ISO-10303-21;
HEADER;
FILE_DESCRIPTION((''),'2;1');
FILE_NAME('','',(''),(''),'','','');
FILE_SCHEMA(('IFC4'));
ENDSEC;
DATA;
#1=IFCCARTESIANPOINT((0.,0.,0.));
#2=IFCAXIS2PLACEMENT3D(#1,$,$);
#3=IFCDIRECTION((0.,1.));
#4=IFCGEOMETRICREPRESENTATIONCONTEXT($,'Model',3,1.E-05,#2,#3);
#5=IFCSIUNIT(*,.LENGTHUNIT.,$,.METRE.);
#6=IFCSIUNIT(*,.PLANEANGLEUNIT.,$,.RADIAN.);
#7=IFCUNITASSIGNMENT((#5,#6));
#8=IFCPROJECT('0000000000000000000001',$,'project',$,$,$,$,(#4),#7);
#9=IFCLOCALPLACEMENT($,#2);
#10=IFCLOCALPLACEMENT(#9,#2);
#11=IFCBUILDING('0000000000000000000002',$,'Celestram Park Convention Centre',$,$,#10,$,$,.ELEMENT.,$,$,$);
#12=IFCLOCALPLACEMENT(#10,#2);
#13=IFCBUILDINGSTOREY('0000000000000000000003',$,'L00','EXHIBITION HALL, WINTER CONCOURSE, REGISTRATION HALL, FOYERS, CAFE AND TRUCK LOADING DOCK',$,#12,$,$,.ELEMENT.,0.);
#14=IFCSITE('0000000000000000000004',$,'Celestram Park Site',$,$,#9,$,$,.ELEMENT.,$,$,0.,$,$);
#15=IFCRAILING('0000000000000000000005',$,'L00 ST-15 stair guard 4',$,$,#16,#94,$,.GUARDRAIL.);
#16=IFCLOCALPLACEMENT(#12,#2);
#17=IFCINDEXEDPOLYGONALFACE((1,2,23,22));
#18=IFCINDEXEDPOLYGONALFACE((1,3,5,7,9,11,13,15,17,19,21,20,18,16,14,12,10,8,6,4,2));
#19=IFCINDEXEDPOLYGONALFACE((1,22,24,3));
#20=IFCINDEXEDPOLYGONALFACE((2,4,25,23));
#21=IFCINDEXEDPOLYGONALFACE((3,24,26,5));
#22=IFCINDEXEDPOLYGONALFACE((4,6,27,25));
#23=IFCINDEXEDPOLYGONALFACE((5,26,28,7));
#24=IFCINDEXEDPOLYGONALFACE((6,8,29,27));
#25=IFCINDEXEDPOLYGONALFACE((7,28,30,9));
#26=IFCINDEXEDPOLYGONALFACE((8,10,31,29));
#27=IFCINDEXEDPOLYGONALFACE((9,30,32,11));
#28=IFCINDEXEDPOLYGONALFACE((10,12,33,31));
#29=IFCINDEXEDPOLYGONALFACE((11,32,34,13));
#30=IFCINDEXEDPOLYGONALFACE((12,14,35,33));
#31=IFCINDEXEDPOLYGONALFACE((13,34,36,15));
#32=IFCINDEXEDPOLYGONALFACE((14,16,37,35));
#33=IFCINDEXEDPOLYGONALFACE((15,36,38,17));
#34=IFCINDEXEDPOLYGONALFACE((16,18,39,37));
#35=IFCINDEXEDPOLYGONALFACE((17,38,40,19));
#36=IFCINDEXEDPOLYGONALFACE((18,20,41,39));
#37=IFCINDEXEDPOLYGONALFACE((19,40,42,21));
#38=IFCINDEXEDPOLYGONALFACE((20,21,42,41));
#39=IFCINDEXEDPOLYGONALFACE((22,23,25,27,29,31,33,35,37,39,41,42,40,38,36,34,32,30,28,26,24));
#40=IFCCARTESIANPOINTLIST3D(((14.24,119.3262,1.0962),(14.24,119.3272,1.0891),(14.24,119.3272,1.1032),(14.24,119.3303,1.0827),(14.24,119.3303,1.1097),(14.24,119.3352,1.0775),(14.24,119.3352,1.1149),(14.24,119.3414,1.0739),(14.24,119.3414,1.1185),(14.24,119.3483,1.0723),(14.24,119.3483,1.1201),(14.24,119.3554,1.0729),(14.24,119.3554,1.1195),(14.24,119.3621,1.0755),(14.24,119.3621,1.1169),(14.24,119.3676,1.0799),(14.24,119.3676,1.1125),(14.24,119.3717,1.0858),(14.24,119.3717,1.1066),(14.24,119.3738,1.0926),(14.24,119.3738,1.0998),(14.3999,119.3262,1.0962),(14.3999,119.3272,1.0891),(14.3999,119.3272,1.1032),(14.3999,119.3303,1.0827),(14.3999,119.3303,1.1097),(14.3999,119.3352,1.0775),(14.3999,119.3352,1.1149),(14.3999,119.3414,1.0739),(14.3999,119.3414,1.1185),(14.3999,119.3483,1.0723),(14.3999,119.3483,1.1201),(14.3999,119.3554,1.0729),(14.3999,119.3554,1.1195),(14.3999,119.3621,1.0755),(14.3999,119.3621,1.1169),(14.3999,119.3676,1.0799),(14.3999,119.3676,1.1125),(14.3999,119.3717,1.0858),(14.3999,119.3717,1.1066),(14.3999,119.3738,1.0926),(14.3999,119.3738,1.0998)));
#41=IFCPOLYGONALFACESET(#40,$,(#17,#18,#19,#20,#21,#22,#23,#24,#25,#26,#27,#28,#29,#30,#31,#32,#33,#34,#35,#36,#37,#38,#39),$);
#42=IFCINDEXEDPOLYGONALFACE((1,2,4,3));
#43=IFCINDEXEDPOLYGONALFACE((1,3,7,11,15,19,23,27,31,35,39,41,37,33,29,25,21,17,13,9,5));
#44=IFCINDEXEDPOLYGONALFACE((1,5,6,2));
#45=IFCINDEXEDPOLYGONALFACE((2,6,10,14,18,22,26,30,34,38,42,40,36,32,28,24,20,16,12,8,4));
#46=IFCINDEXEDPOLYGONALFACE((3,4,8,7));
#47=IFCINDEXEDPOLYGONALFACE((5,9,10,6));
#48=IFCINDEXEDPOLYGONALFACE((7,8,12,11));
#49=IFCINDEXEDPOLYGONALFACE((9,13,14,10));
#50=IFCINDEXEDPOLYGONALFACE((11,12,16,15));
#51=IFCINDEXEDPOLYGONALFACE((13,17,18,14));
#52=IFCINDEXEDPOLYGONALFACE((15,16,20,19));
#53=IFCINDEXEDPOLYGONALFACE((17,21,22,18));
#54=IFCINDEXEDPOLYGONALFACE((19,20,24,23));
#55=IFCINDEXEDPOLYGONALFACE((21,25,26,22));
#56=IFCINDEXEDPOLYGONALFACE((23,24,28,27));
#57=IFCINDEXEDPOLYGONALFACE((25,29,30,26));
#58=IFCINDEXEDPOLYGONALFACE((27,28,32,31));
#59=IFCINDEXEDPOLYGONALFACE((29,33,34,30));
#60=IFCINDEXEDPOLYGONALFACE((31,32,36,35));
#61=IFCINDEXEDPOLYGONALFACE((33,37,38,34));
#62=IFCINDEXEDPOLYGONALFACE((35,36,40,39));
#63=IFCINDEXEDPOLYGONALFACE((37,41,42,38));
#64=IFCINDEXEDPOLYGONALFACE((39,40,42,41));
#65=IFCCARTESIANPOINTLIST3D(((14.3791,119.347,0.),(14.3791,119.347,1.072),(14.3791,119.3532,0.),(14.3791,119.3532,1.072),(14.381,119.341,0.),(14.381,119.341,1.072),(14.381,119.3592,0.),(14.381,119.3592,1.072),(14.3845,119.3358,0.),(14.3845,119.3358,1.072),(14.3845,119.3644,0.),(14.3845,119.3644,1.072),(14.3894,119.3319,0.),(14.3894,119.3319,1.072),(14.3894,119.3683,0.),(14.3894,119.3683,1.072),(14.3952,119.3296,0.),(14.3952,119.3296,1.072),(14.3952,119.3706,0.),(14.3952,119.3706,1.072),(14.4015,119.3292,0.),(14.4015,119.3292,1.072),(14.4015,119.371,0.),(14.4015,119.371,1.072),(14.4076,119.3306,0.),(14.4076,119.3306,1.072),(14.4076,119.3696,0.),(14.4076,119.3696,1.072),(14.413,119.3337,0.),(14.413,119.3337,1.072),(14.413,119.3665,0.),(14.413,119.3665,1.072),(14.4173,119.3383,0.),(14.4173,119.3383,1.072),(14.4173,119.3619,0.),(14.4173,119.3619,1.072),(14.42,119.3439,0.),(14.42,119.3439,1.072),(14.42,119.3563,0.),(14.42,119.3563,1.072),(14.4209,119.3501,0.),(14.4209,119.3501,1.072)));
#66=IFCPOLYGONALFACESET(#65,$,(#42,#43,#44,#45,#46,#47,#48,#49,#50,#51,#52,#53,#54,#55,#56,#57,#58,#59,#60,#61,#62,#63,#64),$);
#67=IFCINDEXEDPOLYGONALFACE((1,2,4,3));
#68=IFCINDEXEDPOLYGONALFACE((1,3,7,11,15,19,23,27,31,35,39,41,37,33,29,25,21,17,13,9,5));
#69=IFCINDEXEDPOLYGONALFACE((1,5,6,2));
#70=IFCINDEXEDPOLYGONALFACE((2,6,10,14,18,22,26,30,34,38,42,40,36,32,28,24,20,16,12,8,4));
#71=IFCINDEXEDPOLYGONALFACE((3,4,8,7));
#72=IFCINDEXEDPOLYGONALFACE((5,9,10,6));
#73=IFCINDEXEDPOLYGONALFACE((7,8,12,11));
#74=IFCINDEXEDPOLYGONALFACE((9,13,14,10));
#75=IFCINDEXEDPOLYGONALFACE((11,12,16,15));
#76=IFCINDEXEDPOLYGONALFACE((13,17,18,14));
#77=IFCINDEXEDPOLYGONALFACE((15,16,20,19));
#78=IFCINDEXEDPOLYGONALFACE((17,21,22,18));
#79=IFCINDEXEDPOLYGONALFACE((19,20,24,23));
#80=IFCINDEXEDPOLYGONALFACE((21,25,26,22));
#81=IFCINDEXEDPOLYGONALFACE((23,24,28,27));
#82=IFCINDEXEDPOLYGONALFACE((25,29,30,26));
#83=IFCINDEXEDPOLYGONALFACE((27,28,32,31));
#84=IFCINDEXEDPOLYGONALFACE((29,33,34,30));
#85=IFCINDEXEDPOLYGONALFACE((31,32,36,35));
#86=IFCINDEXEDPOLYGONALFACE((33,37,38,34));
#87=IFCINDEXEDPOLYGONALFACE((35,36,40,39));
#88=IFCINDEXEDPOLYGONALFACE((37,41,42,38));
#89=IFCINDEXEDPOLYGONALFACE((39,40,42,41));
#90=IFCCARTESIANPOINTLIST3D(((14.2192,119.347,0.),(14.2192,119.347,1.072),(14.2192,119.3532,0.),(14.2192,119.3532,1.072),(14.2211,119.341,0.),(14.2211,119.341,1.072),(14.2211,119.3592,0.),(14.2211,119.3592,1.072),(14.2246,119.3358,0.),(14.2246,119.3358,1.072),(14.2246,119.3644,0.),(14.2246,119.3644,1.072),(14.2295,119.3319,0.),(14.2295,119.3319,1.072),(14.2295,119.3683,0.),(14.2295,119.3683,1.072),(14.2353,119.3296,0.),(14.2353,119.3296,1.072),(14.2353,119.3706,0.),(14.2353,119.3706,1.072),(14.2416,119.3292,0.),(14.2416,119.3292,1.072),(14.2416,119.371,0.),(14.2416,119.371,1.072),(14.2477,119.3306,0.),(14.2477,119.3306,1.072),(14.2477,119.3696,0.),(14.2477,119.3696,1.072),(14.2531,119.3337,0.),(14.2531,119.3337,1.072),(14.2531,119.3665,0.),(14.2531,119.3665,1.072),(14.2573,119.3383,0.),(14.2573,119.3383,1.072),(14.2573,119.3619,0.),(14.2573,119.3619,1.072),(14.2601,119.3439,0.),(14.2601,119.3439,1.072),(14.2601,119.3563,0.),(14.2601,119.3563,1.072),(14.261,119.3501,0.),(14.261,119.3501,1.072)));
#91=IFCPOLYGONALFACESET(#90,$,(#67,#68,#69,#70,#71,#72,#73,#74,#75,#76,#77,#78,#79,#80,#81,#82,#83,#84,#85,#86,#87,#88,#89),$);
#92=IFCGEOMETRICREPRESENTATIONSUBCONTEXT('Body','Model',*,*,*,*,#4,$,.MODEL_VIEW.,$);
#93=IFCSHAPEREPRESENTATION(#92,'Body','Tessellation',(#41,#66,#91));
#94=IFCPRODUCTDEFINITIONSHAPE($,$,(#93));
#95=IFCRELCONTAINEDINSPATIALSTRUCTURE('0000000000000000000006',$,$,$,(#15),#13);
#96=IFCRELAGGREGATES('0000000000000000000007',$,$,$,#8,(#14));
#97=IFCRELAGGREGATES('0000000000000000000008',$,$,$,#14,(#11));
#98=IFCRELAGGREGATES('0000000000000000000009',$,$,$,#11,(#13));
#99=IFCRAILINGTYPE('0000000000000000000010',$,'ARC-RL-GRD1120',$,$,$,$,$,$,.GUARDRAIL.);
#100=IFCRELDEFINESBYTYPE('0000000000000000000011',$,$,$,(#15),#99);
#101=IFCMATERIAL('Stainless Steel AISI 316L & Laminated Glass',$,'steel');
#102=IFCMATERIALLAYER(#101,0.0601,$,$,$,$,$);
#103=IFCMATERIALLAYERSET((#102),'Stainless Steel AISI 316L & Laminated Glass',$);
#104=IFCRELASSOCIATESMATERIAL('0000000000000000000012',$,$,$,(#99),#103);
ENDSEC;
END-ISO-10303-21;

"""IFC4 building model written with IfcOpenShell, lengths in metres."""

from ifc_helpers import new_model, si_unit, direction, frame, origin, origin_2d, place, context, subcontext, project, spatial, circle, extrude, material, layer, layer_set, type_object, element, save


model = new_model("IFC4")

# Units and contexts
model_context = context("Model", 3, precision=1e-05, world=origin(), true_north=direction((0.0, 1.0)))
body_context = subcontext(model_context, "Body", "Model", "MODEL_VIEW")
ifc_project = project(units=[si_unit("LENGTHUNIT", "METRE"), si_unit("PLANEANGLEUNIT", "RADIAN")], contexts=[model_context])

# Site, building, storey
site_placement = place(None, origin())
site = spatial("IfcSite", under=ifc_project, at=site_placement, Name="Celestram Park Site", CompositionType="ELEMENT", RefElevation=0.0)
building_placement = place(site_placement, origin())
building = spatial("IfcBuilding", under=site, at=building_placement, Name="Celestram Park Convention Centre", CompositionType="ELEMENT")
storey_placement = place(building_placement, origin())
storey = spatial("IfcBuildingStorey", under=building, at=storey_placement, Name="L00", Description="EXHIBITION HALL, WINTER CONCOURSE, REGISTRATION HALL, FOYERS, CAFE AND TRUCK LOADING DOCK", CompositionType="ELEMENT", Elevation=0.0)

# Railing
ifc_material_1 = material(Name="Stainless Steel AISI 316L & Laminated Glass", Category="steel")
ifc_layer_1 = layer(ifc_material_1, 0.0601)
ifc_layer_set_1 = layer_set([ifc_layer_1], Name="Stainless Steel AISI 316L & Laminated Glass")
railing_type_1 = type_object("IfcRailingType", Name="ARC-RL-GRD1120", PredefinedType="GUARDRAIL", material=ifc_layer_set_1)
railing_1_placement = place(storey_placement, frame((14.3999, 119.3501, 0.0)))
element("IfcRailing", 1, at=railing_1_placement, inside=storey, type_object=railing_type_1, Name="L00 ST-15 stair guard 4", PredefinedType="GUARDRAIL", context=body_context, shape_type="SweptSolid", body=[
    extrude(circle(Radius=0.0239, at=origin_2d()), frame((0.0, 0.0, 1.0962), z_axis=(-1.0, 0.0, 0.0), x_axis=(0.0, -1.0, 0.0)), (0.0, 0.0, 1.0), 0.1599),
    extrude(circle(Radius=0.021, at=origin_2d()), origin(), (0.0, 0.0, 1.0), 1.072),
    extrude(circle(Radius=0.021, at=origin_2d()), frame((-0.1599, 0.0, 0.0)), (0.0, 0.0, 1.0), 1.072),
])

save(model, "model.ifc")
